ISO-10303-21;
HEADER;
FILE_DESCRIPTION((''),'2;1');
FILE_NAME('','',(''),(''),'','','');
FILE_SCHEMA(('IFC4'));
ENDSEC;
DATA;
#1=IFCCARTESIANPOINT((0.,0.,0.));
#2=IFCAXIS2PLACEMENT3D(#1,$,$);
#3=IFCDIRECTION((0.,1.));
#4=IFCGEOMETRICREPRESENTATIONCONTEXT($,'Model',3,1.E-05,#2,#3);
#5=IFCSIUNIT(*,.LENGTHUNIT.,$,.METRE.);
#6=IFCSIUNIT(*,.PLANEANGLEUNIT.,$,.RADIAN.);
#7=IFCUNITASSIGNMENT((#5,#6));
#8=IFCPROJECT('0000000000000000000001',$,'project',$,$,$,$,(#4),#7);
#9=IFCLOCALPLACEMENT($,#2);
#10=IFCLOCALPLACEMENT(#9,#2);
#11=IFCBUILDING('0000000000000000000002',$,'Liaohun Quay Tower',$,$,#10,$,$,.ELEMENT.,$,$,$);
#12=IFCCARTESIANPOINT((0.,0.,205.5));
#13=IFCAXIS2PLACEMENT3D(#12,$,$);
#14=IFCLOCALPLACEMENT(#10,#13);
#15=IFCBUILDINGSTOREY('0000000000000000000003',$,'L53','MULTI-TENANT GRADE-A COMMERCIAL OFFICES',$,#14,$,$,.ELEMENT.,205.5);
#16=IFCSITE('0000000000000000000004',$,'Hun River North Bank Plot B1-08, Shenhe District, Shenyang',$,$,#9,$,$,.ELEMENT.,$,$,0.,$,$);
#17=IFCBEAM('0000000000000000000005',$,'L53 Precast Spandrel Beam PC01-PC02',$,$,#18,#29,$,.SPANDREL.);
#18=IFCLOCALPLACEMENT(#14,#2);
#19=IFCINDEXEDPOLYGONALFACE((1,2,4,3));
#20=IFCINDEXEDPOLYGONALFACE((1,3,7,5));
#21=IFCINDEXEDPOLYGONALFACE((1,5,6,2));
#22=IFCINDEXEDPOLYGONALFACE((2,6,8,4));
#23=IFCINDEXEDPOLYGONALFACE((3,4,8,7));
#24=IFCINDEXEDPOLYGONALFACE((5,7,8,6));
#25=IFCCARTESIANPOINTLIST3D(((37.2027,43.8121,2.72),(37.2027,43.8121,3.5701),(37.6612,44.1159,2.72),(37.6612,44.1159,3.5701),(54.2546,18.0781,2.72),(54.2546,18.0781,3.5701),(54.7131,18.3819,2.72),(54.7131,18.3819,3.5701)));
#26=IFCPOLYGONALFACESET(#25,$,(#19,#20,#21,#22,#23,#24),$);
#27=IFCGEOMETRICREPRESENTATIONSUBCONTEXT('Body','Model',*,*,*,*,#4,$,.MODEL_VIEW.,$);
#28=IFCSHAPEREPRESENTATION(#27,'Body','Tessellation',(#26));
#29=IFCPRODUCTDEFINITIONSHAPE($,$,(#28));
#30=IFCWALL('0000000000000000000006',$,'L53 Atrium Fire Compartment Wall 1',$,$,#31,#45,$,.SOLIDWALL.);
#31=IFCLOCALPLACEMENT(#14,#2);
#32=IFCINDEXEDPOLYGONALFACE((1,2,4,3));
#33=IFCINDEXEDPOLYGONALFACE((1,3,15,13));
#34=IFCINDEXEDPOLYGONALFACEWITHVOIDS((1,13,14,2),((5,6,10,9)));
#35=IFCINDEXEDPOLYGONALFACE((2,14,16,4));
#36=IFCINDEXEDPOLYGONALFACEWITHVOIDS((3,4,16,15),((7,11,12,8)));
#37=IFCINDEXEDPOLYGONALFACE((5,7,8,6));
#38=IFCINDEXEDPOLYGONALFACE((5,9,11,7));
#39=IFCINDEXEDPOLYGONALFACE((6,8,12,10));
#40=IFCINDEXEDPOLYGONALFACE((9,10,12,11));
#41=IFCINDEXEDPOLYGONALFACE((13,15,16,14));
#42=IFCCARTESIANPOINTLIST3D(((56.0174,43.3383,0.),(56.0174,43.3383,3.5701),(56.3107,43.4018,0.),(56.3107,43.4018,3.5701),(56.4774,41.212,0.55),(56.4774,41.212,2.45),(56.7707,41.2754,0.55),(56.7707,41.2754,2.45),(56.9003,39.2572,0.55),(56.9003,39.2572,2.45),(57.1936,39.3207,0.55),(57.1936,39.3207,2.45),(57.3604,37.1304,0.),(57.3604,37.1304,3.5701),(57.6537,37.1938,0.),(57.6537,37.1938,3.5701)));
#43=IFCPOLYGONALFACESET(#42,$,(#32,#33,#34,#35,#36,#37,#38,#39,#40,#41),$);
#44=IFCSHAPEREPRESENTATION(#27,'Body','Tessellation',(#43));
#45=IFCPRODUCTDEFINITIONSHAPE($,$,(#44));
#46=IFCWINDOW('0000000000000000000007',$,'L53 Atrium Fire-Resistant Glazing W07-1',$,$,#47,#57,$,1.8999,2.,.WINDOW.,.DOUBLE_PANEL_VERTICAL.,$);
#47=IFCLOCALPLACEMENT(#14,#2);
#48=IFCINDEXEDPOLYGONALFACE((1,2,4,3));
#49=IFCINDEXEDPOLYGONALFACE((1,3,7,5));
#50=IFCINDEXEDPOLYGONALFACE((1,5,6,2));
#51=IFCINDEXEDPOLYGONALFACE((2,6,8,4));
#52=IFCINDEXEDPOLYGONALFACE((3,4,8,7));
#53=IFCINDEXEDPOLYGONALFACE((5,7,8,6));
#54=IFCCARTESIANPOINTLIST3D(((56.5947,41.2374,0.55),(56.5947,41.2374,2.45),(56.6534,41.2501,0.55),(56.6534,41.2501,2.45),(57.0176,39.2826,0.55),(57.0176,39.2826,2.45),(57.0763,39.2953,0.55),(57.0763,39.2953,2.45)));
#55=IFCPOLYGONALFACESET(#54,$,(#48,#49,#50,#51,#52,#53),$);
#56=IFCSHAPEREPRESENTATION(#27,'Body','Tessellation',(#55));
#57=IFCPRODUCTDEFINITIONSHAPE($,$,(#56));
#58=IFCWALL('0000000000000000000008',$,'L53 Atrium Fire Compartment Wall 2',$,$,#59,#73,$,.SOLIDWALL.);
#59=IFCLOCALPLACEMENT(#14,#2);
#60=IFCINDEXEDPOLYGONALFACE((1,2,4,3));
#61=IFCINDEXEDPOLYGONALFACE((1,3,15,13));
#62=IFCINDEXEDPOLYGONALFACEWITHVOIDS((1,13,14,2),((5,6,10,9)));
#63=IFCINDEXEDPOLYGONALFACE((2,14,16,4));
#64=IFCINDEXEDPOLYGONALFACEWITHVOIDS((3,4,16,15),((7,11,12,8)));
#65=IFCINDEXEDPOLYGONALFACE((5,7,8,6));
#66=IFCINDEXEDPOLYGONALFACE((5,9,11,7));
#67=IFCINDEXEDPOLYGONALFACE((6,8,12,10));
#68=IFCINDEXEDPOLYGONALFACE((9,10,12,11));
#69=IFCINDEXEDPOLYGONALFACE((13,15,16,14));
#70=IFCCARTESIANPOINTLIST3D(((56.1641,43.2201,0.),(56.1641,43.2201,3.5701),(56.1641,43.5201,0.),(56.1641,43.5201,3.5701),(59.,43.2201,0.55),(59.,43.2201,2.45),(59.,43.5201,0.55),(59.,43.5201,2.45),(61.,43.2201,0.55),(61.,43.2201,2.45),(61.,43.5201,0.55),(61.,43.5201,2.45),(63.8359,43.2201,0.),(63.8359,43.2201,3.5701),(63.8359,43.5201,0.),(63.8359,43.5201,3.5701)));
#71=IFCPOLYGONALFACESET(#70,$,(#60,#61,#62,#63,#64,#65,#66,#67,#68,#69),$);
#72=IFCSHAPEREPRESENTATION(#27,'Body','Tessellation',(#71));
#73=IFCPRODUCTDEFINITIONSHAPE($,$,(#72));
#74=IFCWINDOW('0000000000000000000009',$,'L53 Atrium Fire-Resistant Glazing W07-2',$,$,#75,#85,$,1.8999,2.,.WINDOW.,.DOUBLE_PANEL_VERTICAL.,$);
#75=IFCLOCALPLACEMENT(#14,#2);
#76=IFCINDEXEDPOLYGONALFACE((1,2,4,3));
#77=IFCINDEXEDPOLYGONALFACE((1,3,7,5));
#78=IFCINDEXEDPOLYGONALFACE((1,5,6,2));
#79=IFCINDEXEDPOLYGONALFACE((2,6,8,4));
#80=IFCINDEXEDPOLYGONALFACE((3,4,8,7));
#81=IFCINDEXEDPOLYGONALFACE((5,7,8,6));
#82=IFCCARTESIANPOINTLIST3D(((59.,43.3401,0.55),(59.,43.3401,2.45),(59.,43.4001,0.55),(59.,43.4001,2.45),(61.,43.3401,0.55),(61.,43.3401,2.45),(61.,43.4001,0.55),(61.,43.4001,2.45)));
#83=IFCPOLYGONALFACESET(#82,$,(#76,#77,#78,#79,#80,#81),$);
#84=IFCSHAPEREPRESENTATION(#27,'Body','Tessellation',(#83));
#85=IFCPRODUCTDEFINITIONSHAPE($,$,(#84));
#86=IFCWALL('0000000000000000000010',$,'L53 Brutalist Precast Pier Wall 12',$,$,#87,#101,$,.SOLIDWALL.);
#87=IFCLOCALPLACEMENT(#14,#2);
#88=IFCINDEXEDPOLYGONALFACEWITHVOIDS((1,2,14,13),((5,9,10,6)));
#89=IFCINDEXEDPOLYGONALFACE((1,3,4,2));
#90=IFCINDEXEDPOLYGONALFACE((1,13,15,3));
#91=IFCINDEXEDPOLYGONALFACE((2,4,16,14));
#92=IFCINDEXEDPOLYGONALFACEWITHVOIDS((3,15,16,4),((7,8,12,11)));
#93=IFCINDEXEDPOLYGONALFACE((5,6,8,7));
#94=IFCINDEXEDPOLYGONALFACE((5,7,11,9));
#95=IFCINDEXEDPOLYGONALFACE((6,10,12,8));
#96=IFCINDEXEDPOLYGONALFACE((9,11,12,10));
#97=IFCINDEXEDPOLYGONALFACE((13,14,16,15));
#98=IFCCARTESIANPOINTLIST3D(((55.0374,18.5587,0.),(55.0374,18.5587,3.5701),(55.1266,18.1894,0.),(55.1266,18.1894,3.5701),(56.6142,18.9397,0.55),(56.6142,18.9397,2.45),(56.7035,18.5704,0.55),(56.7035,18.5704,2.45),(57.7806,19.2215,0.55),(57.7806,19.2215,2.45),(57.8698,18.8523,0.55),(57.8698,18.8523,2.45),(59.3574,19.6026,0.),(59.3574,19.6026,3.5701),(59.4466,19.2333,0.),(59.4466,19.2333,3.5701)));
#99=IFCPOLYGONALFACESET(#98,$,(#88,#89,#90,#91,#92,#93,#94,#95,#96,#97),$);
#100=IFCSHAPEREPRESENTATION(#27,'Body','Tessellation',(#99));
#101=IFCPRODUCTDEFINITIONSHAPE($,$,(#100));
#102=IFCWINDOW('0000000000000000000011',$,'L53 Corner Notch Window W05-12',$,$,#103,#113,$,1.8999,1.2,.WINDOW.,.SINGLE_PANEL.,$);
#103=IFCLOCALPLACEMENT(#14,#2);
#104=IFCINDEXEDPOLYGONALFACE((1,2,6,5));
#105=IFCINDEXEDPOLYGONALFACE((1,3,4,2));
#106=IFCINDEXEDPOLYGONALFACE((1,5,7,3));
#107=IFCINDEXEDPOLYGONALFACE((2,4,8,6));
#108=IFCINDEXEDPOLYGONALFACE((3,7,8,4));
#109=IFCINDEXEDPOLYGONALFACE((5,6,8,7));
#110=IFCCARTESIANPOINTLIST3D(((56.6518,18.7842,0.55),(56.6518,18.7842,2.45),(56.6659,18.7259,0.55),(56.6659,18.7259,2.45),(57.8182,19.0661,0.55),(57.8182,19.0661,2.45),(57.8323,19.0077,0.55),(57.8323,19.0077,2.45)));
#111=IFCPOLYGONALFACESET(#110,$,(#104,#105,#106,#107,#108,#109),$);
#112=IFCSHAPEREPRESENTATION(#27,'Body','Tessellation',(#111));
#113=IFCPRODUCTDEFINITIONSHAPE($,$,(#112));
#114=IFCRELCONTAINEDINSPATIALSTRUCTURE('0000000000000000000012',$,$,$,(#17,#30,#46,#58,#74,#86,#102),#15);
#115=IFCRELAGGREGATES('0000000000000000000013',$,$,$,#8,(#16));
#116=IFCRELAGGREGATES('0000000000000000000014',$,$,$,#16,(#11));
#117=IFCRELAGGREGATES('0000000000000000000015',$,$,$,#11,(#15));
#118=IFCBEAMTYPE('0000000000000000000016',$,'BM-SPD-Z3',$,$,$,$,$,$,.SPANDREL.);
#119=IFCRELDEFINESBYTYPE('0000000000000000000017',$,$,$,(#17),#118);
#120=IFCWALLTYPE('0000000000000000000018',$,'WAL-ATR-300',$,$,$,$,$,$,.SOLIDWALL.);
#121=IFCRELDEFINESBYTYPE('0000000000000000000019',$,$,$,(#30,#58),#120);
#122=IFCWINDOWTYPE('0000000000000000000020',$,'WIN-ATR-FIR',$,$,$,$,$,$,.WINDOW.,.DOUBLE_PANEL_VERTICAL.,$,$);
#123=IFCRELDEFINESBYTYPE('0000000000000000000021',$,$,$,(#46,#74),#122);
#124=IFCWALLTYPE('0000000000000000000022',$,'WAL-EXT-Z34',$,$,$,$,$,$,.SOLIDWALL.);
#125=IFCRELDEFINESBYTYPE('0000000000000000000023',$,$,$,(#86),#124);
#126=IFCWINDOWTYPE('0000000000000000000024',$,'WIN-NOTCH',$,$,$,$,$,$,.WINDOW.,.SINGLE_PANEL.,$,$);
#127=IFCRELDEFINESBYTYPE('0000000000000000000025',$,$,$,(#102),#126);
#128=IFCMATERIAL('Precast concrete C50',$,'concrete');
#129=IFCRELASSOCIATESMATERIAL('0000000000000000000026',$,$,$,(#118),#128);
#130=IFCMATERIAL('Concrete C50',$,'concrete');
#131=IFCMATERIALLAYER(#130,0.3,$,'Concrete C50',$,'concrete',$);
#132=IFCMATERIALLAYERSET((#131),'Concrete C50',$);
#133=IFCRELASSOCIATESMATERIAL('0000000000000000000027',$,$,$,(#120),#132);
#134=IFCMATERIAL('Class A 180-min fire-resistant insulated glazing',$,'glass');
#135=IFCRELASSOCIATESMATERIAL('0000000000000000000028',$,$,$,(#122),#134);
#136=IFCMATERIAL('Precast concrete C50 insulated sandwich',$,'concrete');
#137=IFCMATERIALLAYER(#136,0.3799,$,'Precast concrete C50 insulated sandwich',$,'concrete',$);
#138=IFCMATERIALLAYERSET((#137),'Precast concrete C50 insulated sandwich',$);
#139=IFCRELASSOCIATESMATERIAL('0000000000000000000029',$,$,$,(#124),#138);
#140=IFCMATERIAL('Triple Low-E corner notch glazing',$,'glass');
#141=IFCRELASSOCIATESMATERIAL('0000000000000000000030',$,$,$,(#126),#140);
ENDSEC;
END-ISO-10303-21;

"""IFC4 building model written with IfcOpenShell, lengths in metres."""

from ifc_helpers import new_model, si_unit, direction, frame, frame_2d, origin, origin_2d, place, context, subcontext, project, spatial, rectangle, extrude, source, transform, mapped, material, layer, layer_set, material_profile, profile_set, type_object, element, fill, save


model = new_model("IFC4")

# Units and contexts
model_context = context("Model", 3, precision=1e-05, world=origin(), true_north=direction((0.0, 1.0)))
body_context = subcontext(model_context, "Body", "Model", "MODEL_VIEW")
ifc_project = project(units=[si_unit("LENGTHUNIT", "METRE"), si_unit("PLANEANGLEUNIT", "RADIAN")], contexts=[model_context])

# Site, building, storey
site_placement = place(None, origin())
site = spatial("IfcSite", under=ifc_project, at=site_placement, Name="Hun River North Bank Plot B1-08, Shenhe District, Shenyang", CompositionType="ELEMENT", RefElevation=0.0)
building_placement = place(site_placement, origin())
building = spatial("IfcBuilding", under=site, at=building_placement, Name="Liaohun Quay Tower", CompositionType="ELEMENT")
storey_placement = place(building_placement, frame((0.0, 0.0, 205.5)))
storey = spatial("IfcBuildingStorey", under=building, at=storey_placement, Name="L53", Description="MULTI-TENANT GRADE-A COMMERCIAL OFFICES", CompositionType="ELEMENT", Elevation=205.5)

# Beam
ifc_material_1 = material(Name="Precast concrete C50", Category="concrete")
ifc_material_profile_1 = material_profile(ifc_material_1, rectangle(XDim=0.55, YDim=0.8501, at=origin_2d()), Name="RC550x850")
ifc_profile_set_1 = profile_set([ifc_material_profile_1], Name="Precast concrete C50")
beam_type_1 = type_object("IfcBeamType", Name="BM-SPD-Z3", PredefinedType="SPANDREL", material=ifc_profile_set_1)
shared_shape_1 = source(origin(), body_context, "Body", "SweptSolid", [
    extrude(rectangle(XDim=0.55, YDim=0.8501, at=origin_2d()), origin(), (0.0, 0.0, 1.0), 30.8708),
])
beam_1_placement = place(storey_placement, frame((54.4839, 18.23, 3.145), z_axis=(-0.552364, 0.833603, 0.0), x_axis=(-0.833603, -0.552364, 0.0)))
element("IfcBeam", 1, at=beam_1_placement, inside=storey, type_object=beam_type_1, Name="L53 Precast Spandrel Beam PC01-PC02", PredefinedType="SPANDREL", context=body_context, shape_type="MappedRepresentation", body=[
    mapped(shared_shape_1, transform((0.0, 0.0, 0.0), x_axis=(1.0, 0.0, 0.0), y_axis=(0.0, 1.0, 0.0), z_axis=(0.0, 0.0, 1.0), scale=1.0)),
])

# Walls, openings, windows
ifc_material_2 = material(Name="Concrete C50", Category="concrete")
ifc_layer_1 = layer(ifc_material_2, 0.3, Name="Concrete C50", Category="concrete")
ifc_layer_set_1 = layer_set([ifc_layer_1], Name="Concrete C50")
wall_type_1 = type_object("IfcWallType", Name="WAL-ATR-300", PredefinedType="SOLIDWALL", material=ifc_layer_set_1)
wall_1_placement = place(storey_placement, frame((57.5071, 37.1621, 0.0), z_axis=(0.0, 0.0, 1.0), x_axis=(-0.211445, 0.97739, 0.0)))
wall_1 = element("IfcWall", 2, at=wall_1_placement, inside=storey, type_object=wall_type_1, Name="L53 Atrium Fire Compartment Wall 1", PredefinedType="SOLIDWALL", context=body_context, shape_type="SweptSolid", body=[
    extrude(rectangle(XDim=6.3516, YDim=0.3, at=frame_2d((3.1758, 0.0))), origin(), (0.0, 0.0, 1.0), 3.5701),
])
shared_shape_2 = source(origin(), body_context, "Body", "SweptSolid", [
    extrude(rectangle(XDim=2.0, YDim=1.8999, at=frame_2d((1.0, 0.95))), frame((0.0, 0.1599, 0.0), z_axis=(0.0, -1.0, 0.0), x_axis=(1.0, 0.0, 0.0)), (0.0, 0.0, 1.0), 0.3201),
])
opening_1_placement = place(wall_1_placement, frame((2.176, 0.0, 0.55)))
opening_1 = element("IfcOpeningElement", 3, at=opening_1_placement, cuts=wall_1, PredefinedType="OPENING", context=body_context, shape_type="MappedRepresentation", body=[
    mapped(shared_shape_2, transform((0.0, 0.0, 0.0), x_axis=(1.0, 0.0, 0.0), y_axis=(0.0, 1.0, 0.0), z_axis=(0.0, 0.0, 1.0), scale=1.0)),
])
ifc_material_3 = material(Name="Class A 180-min fire-resistant insulated glazing", Category="glass")
window_type_1 = type_object("IfcWindowType", Name="WIN-ATR-FIR", PartitioningType="DOUBLE_PANEL_VERTICAL", PredefinedType="WINDOW", material=ifc_material_3)
shared_shape_3 = source(origin(), body_context, "Body", "SweptSolid", [
    extrude(rectangle(XDim=2.0, YDim=1.8999, at=frame_2d((1.0, 0.95))), frame((0.0, 0.03, 0.0), z_axis=(0.0, -1.0, 0.0), x_axis=(1.0, 0.0, 0.0)), (0.0, 0.0, 1.0), 0.0601),
])
window_1_placement = place(opening_1_placement, origin())
window_1 = element("IfcWindow", 4, at=window_1_placement, inside=storey, type_object=window_type_1, Name="L53 Atrium Fire-Resistant Glazing W07-1", OverallHeight=1.8999, OverallWidth=2.0, PartitioningType="DOUBLE_PANEL_VERTICAL", PredefinedType="WINDOW", context=body_context, shape_type="MappedRepresentation", body=[
    mapped(shared_shape_3, transform((0.0, 0.0, 0.0), x_axis=(1.0, 0.0, 0.0), y_axis=(0.0, 1.0, 0.0), z_axis=(0.0, 0.0, 1.0), scale=1.0)),
])
fill(opening_1, window_1)
wall_2_placement = place(storey_placement, frame((56.1641, 43.3701, 0.0), z_axis=(0.0, 0.0, 1.0), x_axis=(1.0, 0.0, 0.0)))
wall_2 = element("IfcWall", 5, at=wall_2_placement, inside=storey, type_object=wall_type_1, Name="L53 Atrium Fire Compartment Wall 2", PredefinedType="SOLIDWALL", context=body_context, shape_type="SweptSolid", body=[
    extrude(rectangle(XDim=7.6719, YDim=0.3, at=frame_2d((3.8359, 0.0))), origin(), (0.0, 0.0, 1.0), 3.5701),
])
opening_2_placement = place(wall_2_placement, frame((2.8359, 0.0, 0.55)))
opening_2 = element("IfcOpeningElement", 6, at=opening_2_placement, cuts=wall_2, PredefinedType="OPENING", context=body_context, shape_type="MappedRepresentation", body=[
    mapped(shared_shape_2, transform((0.0, 0.0, 0.0), x_axis=(1.0, 0.0, 0.0), y_axis=(0.0, 1.0, 0.0), z_axis=(0.0, 0.0, 1.0), scale=1.0)),
])
window_2_placement = place(opening_2_placement, origin())
window_2 = element("IfcWindow", 7, at=window_2_placement, inside=storey, type_object=window_type_1, Name="L53 Atrium Fire-Resistant Glazing W07-2", OverallHeight=1.8999, OverallWidth=2.0, PartitioningType="DOUBLE_PANEL_VERTICAL", PredefinedType="WINDOW", context=body_context, shape_type="MappedRepresentation", body=[
    mapped(shared_shape_3, transform((0.0, 0.0, 0.0), x_axis=(1.0, 0.0, 0.0), y_axis=(0.0, 1.0, 0.0), z_axis=(0.0, 0.0, 1.0), scale=1.0)),
])
fill(opening_2, window_2)
ifc_material_4 = material(Name="Precast concrete C50 insulated sandwich", Category="concrete")
ifc_layer_2 = layer(ifc_material_4, 0.3799, Name="Precast concrete C50 insulated sandwich", Category="concrete")
ifc_layer_set_2 = layer_set([ifc_layer_2], Name="Precast concrete C50 insulated sandwich")
wall_type_2 = type_object("IfcWallType", Name="WAL-EXT-Z34", PredefinedType="SOLIDWALL", material=ifc_layer_set_2)
wall_3_placement = place(storey_placement, frame((55.082, 18.374, 0.0), z_axis=(0.0, 0.0, 1.0), x_axis=(0.972022, 0.234889, 0.0)))
wall_3 = element("IfcWall", 8, at=wall_3_placement, inside=storey, type_object=wall_type_2, Name="L53 Brutalist Precast Pier Wall 12", PredefinedType="SOLIDWALL", context=body_context, shape_type="SweptSolid", body=[
    extrude(rectangle(XDim=4.4443, YDim=0.3799, at=frame_2d((2.2222, 0.0))), origin(), (0.0, 0.0, 1.0), 3.5701),
])
shared_shape_4 = source(origin(), body_context, "Body", "SweptSolid", [
    extrude(rectangle(XDim=1.2, YDim=1.8999, at=frame_2d((0.6001, 0.95))), frame((0.0, 0.2, 0.0), z_axis=(0.0, -1.0, 0.0), x_axis=(1.0, 0.0, 0.0)), (0.0, 0.0, 1.0), 0.3999),
])
opening_3_placement = place(wall_3_placement, frame((1.6221, 0.0, 0.55)))
opening_3 = element("IfcOpeningElement", 9, at=opening_3_placement, cuts=wall_3, PredefinedType="OPENING", context=body_context, shape_type="MappedRepresentation", body=[
    mapped(shared_shape_4, transform((0.0, 0.0, 0.0), x_axis=(1.0, 0.0, 0.0), y_axis=(0.0, 1.0, 0.0), z_axis=(0.0, 0.0, 1.0), scale=1.0)),
])
ifc_material_5 = material(Name="Triple Low-E corner notch glazing", Category="glass")
window_type_2 = type_object("IfcWindowType", Name="WIN-NOTCH", PartitioningType="SINGLE_PANEL", PredefinedType="WINDOW", material=ifc_material_5)
shared_shape_5 = source(origin(), body_context, "Body", "SweptSolid", [
    extrude(rectangle(XDim=1.2, YDim=1.8999, at=frame_2d((0.6001, 0.95))), frame((0.0, 0.03, 0.0), z_axis=(0.0, -1.0, 0.0), x_axis=(1.0, 0.0, 0.0)), (0.0, 0.0, 1.0), 0.0601),
])
window_3_placement = place(opening_3_placement, origin())
window_3 = element("IfcWindow", 10, at=window_3_placement, inside=storey, type_object=window_type_2, Name="L53 Corner Notch Window W05-12", OverallHeight=1.8999, OverallWidth=1.2, PartitioningType="SINGLE_PANEL", PredefinedType="WINDOW", context=body_context, shape_type="MappedRepresentation", body=[
    mapped(shared_shape_5, transform((0.0, 0.0, 0.0), x_axis=(1.0, 0.0, 0.0), y_axis=(0.0, 1.0, 0.0), z_axis=(0.0, 0.0, 1.0), scale=1.0)),
])
fill(opening_3, window_3)

save(model, "model.ifc")
